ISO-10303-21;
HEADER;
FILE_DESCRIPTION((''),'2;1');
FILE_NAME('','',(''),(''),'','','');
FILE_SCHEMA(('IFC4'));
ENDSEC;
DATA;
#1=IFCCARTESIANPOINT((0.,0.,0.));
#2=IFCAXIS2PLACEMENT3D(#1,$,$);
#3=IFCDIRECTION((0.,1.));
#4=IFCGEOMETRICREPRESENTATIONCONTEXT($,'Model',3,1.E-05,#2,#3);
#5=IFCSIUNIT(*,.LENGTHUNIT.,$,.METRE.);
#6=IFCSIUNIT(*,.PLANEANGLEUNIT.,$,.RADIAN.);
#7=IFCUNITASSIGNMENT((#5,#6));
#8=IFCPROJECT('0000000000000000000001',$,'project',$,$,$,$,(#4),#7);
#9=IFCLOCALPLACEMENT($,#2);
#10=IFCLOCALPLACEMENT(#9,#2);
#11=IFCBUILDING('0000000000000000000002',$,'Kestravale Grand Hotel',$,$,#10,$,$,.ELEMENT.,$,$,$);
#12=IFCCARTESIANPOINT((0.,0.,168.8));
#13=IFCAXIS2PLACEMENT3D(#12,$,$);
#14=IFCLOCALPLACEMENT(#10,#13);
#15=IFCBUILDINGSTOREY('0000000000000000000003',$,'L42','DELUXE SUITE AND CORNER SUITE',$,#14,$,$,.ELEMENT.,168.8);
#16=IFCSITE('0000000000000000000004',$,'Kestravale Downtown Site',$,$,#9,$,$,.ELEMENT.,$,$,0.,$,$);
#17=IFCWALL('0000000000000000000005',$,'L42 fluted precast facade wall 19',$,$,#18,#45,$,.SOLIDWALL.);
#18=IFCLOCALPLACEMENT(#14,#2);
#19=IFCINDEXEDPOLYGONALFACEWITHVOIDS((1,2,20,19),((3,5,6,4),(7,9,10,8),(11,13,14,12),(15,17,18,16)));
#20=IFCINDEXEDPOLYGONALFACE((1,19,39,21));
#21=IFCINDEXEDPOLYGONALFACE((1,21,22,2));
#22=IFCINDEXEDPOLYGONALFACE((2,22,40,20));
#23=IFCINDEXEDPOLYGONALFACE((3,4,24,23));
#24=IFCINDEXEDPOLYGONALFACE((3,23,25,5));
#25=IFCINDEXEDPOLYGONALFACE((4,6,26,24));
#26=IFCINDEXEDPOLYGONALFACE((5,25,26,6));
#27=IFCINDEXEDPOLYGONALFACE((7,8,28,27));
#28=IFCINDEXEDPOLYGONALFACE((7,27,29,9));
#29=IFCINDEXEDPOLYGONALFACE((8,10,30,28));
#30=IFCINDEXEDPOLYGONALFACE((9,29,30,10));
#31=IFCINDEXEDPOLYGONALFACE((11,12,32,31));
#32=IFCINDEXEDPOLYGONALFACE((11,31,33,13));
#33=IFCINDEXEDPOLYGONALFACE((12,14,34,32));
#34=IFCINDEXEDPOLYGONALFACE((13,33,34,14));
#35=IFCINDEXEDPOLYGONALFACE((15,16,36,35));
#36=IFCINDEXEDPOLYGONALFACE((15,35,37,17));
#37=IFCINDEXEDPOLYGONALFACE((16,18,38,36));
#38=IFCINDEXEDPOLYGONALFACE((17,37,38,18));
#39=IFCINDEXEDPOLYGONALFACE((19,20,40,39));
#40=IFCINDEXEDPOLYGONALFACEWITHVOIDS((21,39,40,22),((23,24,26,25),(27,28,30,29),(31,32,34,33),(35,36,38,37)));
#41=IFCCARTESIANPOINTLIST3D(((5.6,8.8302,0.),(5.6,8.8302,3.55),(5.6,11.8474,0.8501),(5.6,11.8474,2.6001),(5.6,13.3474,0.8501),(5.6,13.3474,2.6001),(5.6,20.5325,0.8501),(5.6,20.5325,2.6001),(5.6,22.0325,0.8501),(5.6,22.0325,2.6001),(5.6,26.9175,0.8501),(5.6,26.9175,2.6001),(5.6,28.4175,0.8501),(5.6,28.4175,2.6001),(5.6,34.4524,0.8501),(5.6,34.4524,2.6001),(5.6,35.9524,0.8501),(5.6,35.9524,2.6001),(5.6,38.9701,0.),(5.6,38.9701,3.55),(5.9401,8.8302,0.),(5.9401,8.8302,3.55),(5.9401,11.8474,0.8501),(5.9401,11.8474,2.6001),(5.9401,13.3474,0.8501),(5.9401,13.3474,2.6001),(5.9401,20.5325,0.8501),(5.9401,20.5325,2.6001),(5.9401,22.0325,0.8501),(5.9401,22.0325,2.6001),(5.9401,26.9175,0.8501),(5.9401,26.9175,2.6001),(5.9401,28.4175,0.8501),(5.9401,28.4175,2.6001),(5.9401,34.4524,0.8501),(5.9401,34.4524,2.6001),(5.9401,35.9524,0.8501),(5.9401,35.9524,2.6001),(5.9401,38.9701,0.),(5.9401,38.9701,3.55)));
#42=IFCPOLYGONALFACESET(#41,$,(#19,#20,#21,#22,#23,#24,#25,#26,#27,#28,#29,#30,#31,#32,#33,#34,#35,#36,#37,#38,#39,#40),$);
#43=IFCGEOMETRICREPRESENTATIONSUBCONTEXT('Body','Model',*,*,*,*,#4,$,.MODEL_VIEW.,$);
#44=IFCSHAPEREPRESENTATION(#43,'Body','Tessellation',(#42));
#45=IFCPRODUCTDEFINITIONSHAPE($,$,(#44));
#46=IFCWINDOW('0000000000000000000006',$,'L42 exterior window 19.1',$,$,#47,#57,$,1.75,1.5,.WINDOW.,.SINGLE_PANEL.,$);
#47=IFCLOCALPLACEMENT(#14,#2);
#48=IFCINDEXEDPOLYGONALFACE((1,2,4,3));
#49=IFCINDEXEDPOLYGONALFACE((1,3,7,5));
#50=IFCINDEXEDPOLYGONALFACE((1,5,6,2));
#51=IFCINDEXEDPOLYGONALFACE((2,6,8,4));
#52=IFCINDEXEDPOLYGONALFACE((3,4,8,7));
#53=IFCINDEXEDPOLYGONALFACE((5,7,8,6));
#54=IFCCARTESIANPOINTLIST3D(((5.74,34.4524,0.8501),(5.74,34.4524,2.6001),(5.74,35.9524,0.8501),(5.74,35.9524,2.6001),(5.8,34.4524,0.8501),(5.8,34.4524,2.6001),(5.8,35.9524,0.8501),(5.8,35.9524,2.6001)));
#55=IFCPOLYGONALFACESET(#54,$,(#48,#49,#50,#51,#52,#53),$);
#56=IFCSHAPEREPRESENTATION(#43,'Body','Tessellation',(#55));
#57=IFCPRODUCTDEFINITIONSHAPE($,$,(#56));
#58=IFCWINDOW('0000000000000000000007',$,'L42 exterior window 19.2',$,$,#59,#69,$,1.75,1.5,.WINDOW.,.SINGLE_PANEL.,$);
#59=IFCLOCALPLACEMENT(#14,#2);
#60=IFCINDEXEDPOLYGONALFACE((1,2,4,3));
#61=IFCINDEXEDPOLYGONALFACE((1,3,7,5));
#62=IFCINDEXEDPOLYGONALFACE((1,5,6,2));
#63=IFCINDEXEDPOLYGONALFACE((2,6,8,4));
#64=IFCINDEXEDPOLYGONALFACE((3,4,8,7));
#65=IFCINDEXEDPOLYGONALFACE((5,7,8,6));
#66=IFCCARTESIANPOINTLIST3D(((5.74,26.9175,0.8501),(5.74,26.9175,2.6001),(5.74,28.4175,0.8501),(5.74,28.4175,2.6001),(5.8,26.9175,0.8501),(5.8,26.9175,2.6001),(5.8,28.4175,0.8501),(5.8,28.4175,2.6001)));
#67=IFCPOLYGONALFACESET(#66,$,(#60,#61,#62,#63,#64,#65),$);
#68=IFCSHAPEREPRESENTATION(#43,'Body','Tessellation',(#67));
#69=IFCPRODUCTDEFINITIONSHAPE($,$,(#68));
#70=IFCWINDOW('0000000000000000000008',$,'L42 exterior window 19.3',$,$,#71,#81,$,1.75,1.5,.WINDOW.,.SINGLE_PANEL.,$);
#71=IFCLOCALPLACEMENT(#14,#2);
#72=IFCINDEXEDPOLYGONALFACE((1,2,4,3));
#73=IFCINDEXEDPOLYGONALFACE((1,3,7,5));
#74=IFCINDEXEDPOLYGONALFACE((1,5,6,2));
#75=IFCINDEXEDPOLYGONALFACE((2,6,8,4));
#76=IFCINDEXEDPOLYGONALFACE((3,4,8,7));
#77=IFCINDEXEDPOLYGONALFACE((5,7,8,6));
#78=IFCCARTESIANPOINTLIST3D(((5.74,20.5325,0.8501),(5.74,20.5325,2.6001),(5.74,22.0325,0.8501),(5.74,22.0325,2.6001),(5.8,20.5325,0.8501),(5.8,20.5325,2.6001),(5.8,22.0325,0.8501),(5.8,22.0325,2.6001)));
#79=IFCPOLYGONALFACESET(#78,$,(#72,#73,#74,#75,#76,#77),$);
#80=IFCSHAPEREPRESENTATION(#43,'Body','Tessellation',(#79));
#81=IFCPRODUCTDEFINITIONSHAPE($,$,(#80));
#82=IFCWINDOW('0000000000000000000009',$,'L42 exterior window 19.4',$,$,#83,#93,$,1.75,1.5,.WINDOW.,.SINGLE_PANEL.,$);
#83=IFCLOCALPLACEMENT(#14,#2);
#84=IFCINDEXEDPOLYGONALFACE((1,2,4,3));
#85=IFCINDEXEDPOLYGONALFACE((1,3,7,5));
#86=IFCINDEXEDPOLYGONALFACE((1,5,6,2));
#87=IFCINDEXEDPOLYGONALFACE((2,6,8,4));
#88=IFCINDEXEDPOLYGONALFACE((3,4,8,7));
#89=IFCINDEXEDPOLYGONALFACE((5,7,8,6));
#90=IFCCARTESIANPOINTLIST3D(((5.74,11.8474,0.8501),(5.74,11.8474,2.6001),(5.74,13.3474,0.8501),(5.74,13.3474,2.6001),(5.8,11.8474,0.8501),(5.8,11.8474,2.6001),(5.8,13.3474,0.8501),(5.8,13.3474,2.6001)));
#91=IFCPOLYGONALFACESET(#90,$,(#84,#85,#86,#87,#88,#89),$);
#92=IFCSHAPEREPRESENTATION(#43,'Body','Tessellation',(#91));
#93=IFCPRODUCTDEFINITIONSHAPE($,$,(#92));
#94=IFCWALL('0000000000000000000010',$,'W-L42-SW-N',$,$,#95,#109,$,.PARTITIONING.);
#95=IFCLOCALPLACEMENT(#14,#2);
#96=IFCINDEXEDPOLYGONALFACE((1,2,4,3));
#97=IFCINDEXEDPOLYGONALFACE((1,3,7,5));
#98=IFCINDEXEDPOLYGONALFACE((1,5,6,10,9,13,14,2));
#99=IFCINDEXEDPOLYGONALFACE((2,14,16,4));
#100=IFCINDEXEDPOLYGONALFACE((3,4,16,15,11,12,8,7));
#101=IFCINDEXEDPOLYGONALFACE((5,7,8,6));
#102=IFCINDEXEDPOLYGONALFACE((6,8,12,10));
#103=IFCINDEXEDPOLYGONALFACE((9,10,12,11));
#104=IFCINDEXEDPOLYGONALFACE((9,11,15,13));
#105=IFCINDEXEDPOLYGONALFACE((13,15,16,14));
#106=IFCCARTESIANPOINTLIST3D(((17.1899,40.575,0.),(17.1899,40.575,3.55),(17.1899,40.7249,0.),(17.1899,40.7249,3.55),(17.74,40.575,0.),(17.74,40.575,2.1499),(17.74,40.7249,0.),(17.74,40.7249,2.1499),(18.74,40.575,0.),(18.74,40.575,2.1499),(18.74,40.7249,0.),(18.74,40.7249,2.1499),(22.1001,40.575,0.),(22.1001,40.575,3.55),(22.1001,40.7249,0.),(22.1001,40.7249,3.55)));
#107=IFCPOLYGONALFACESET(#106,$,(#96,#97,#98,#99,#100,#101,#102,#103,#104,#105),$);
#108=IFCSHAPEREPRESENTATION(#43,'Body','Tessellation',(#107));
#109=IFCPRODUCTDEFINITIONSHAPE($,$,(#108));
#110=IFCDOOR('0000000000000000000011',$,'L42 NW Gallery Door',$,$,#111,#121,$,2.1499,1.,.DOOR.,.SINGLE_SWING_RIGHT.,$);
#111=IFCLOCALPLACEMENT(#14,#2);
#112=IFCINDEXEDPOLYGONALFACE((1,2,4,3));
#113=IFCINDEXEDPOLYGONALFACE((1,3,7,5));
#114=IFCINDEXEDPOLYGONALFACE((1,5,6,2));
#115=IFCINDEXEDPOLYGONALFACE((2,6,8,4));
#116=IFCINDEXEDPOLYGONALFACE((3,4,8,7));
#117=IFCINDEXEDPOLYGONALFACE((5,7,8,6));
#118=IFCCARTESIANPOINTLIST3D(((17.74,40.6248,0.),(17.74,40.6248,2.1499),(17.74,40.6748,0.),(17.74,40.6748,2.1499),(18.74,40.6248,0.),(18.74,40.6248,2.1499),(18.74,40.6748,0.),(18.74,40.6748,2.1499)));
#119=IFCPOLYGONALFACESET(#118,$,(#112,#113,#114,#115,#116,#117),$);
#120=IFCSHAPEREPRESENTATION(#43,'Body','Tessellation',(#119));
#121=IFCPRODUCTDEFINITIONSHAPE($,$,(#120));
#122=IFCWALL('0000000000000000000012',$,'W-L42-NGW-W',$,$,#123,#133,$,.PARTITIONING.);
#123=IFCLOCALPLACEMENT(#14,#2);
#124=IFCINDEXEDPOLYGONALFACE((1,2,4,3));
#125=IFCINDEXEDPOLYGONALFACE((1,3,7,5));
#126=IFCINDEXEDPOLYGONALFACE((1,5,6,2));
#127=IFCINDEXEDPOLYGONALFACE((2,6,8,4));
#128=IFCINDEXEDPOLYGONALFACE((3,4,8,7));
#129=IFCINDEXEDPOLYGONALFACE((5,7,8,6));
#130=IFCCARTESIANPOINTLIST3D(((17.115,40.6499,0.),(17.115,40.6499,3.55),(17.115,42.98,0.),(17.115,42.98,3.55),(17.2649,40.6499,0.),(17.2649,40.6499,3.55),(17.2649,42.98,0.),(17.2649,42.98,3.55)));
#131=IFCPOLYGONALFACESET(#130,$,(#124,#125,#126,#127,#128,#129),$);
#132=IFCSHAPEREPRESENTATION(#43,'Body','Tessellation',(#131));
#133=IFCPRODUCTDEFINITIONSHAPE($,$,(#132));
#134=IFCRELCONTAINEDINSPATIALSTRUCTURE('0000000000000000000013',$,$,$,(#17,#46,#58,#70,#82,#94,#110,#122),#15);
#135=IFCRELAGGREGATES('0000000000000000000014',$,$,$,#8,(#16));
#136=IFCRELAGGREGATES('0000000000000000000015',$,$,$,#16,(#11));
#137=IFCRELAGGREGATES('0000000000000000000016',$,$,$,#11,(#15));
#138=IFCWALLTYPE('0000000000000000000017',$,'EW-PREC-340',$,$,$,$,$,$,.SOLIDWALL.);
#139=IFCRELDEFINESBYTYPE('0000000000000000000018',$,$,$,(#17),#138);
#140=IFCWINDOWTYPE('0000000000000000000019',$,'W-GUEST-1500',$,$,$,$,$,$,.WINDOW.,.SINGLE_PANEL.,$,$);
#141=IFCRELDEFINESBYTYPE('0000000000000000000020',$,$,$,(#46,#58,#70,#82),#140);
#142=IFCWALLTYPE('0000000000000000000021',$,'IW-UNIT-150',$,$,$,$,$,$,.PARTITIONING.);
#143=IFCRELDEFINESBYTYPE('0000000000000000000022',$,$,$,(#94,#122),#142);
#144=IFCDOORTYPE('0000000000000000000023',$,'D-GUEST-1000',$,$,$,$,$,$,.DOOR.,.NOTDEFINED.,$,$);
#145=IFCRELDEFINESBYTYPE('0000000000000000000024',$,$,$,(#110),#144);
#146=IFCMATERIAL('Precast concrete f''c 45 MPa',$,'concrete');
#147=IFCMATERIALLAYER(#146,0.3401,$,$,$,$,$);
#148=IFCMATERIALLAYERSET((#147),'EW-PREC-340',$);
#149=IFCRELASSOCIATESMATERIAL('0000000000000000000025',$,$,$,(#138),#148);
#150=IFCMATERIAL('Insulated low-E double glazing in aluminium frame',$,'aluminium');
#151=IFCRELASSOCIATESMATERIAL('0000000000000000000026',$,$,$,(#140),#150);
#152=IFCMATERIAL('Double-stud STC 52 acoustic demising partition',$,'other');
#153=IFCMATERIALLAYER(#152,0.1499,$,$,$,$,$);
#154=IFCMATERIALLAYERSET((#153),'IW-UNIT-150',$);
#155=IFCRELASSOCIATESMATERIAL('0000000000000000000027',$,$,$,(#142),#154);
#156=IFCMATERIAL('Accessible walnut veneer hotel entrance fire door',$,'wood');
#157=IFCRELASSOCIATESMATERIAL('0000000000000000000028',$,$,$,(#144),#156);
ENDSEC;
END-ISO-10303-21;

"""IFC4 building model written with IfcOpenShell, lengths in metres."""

from ifc_helpers import new_model, si_unit, direction, frame, frame_2d, origin, place, context, subcontext, project, spatial, rectangle, extrude, material, layer, layer_set, type_object, element, fill, save


model = new_model("IFC4")

# Units and contexts
model_context = context("Model", 3, precision=1e-05, world=origin(), true_north=direction((0.0, 1.0)))
body_context = subcontext(model_context, "Body", "Model", "MODEL_VIEW")
ifc_project = project(units=[si_unit("LENGTHUNIT", "METRE"), si_unit("PLANEANGLEUNIT", "RADIAN")], contexts=[model_context])

# Site, building, storey
site_placement = place(None, origin())
site = spatial("IfcSite", under=ifc_project, at=site_placement, Name="Kestravale Downtown Site", CompositionType="ELEMENT", RefElevation=0.0)
building_placement = place(site_placement, origin())
building = spatial("IfcBuilding", under=site, at=building_placement, Name="Kestravale Grand Hotel", CompositionType="ELEMENT")
storey_placement = place(building_placement, frame((0.0, 0.0, 168.8)))
storey = spatial("IfcBuildingStorey", under=building, at=storey_placement, Name="L42", Description="DELUXE SUITE AND CORNER SUITE", CompositionType="ELEMENT", Elevation=168.8)

# Wall, openings, windows
ifc_material_1 = material(Name="Precast concrete f'c 45 MPa", Category="concrete")
ifc_layer_1 = layer(ifc_material_1, 0.3401)
ifc_layer_set_1 = layer_set([ifc_layer_1], Name="EW-PREC-340")
wall_type_1 = type_object("IfcWallType", Name="EW-PREC-340", PredefinedType="SOLIDWALL", material=ifc_layer_set_1)
wall_1_placement = place(storey_placement, frame((5.77, 38.97, 0.0), z_axis=(0.0, 0.0, 1.0), x_axis=(0.0, -1.0, 0.0)))
wall_1 = element("IfcWall", 1, at=wall_1_placement, inside=storey, type_object=wall_type_1, Name="L42 fluted precast facade wall 19", PredefinedType="SOLIDWALL", context=body_context, shape_type="SweptSolid", body=[
    extrude(rectangle(XDim=30.1399, YDim=0.3401, at=frame_2d((15.0698, 0.0))), origin(), (0.0, 0.0, 1.0), 3.55),
])
opening_1_placement = place(wall_1_placement, frame((3.0176, 0.0, 0.8501)))
opening_1 = element("IfcOpeningElement", 2, at=opening_1_placement, cuts=wall_1, PredefinedType="OPENING", context=body_context, shape_type="SweptSolid", body=[
    extrude(rectangle(XDim=1.5, YDim=1.75, at=frame_2d((0.75, 0.875))), frame((0.0, 0.1799, 0.0), z_axis=(0.0, -1.0, 0.0), x_axis=(1.0, 0.0, 0.0)), (0.0, 0.0, 1.0), 0.3601),
])
opening_2_placement = place(wall_1_placement, frame((10.5525, 0.0, 0.8501)))
opening_2 = element("IfcOpeningElement", 3, at=opening_2_placement, cuts=wall_1, PredefinedType="OPENING", context=body_context, shape_type="SweptSolid", body=[
    extrude(rectangle(XDim=1.5, YDim=1.75, at=frame_2d((0.75, 0.875))), frame((0.0, 0.1799, 0.0), z_axis=(0.0, -1.0, 0.0), x_axis=(1.0, 0.0, 0.0)), (0.0, 0.0, 1.0), 0.3601),
])
opening_3_placement = place(wall_1_placement, frame((16.9375, 0.0, 0.8501)))
opening_3 = element("IfcOpeningElement", 4, at=opening_3_placement, cuts=wall_1, PredefinedType="OPENING", context=body_context, shape_type="SweptSolid", body=[
    extrude(rectangle(XDim=1.5, YDim=1.75, at=frame_2d((0.75, 0.875))), frame((0.0, 0.1799, 0.0), z_axis=(0.0, -1.0, 0.0), x_axis=(1.0, 0.0, 0.0)), (0.0, 0.0, 1.0), 0.3601),
])
opening_4_placement = place(wall_1_placement, frame((25.6226, 0.0, 0.8501)))
opening_4 = element("IfcOpeningElement", 5, at=opening_4_placement, cuts=wall_1, PredefinedType="OPENING", context=body_context, shape_type="SweptSolid", body=[
    extrude(rectangle(XDim=1.5, YDim=1.75, at=frame_2d((0.75, 0.875))), frame((0.0, 0.1799, 0.0), z_axis=(0.0, -1.0, 0.0), x_axis=(1.0, 0.0, 0.0)), (0.0, 0.0, 1.0), 0.3601),
])
ifc_material_2 = material(Name="Insulated low-E double glazing in aluminium frame", Category="aluminium")
window_type = type_object("IfcWindowType", Name="W-GUEST-1500", PartitioningType="SINGLE_PANEL", PredefinedType="WINDOW", material=ifc_material_2)
window_1_placement = place(opening_1_placement, origin())
window_1 = element("IfcWindow", 6, at=window_1_placement, inside=storey, type_object=window_type, Name="L42 exterior window 19.1", OverallHeight=1.75, OverallWidth=1.5, PartitioningType="SINGLE_PANEL", PredefinedType="WINDOW", context=body_context, shape_type="SweptSolid", body=[
    extrude(rectangle(XDim=1.5, YDim=1.75, at=frame_2d((0.75, 0.875))), frame((0.0, 0.03, 0.0), z_axis=(0.0, -1.0, 0.0), x_axis=(1.0, 0.0, 0.0)), (0.0, 0.0, 1.0), 0.0601),
])
fill(opening_1, window_1)
window_2_placement = place(opening_2_placement, origin())
window_2 = element("IfcWindow", 7, at=window_2_placement, inside=storey, type_object=window_type, Name="L42 exterior window 19.2", OverallHeight=1.75, OverallWidth=1.5, PartitioningType="SINGLE_PANEL", PredefinedType="WINDOW", context=body_context, shape_type="SweptSolid", body=[
    extrude(rectangle(XDim=1.5, YDim=1.75, at=frame_2d((0.75, 0.875))), frame((0.0, 0.03, 0.0), z_axis=(0.0, -1.0, 0.0), x_axis=(1.0, 0.0, 0.0)), (0.0, 0.0, 1.0), 0.0601),
])
fill(opening_2, window_2)
window_3_placement = place(opening_3_placement, origin())
window_3 = element("IfcWindow", 8, at=window_3_placement, inside=storey, type_object=window_type, Name="L42 exterior window 19.3", OverallHeight=1.75, OverallWidth=1.5, PartitioningType="SINGLE_PANEL", PredefinedType="WINDOW", context=body_context, shape_type="SweptSolid", body=[
    extrude(rectangle(XDim=1.5, YDim=1.75, at=frame_2d((0.75, 0.875))), frame((0.0, 0.03, 0.0), z_axis=(0.0, -1.0, 0.0), x_axis=(1.0, 0.0, 0.0)), (0.0, 0.0, 1.0), 0.0601),
])
fill(opening_3, window_3)
window_4_placement = place(opening_4_placement, origin())
window_4 = element("IfcWindow", 9, at=window_4_placement, inside=storey, type_object=window_type, Name="L42 exterior window 19.4", OverallHeight=1.75, OverallWidth=1.5, PartitioningType="SINGLE_PANEL", PredefinedType="WINDOW", context=body_context, shape_type="SweptSolid", body=[
    extrude(rectangle(XDim=1.5, YDim=1.75, at=frame_2d((0.75, 0.875))), frame((0.0, 0.03, 0.0), z_axis=(0.0, -1.0, 0.0), x_axis=(1.0, 0.0, 0.0)), (0.0, 0.0, 1.0), 0.0601),
])
fill(opening_4, window_4)

# Wall, opening, door
ifc_material_3 = material(Name="Double-stud STC 52 acoustic demising partition", Category="other")
ifc_layer_2 = layer(ifc_material_3, 0.1499)
ifc_layer_set_2 = layer_set([ifc_layer_2], Name="IW-UNIT-150")
wall_type_2 = type_object("IfcWallType", Name="IW-UNIT-150", PredefinedType="PARTITIONING", material=ifc_layer_set_2)
wall_2_placement = place(storey_placement, frame((17.1899, 40.6499, 0.0), z_axis=(0.0, 0.0, 1.0), x_axis=(1.0, 0.0, 0.0)))
wall_2 = element("IfcWall", 10, at=wall_2_placement, inside=storey, type_object=wall_type_2, Name="W-L42-SW-N", PredefinedType="PARTITIONING", context=body_context, shape_type="SweptSolid", body=[
    extrude(rectangle(XDim=4.9102, YDim=0.1499, at=frame_2d((2.4551, 0.0))), origin(), (0.0, 0.0, 1.0), 3.55),
])
opening_5_placement = place(wall_2_placement, frame((0.55, 0.0, 0.0)))
opening_5 = element("IfcOpeningElement", 11, at=opening_5_placement, cuts=wall_2, PredefinedType="OPENING", context=body_context, shape_type="SweptSolid", body=[
    extrude(rectangle(XDim=1.0, YDim=2.1499, at=frame_2d((0.5, 1.075))), frame((0.0, 0.085, 0.0), z_axis=(0.0, -1.0, 0.0), x_axis=(1.0, 0.0, 0.0)), (0.0, 0.0, 1.0), 0.1699),
])
ifc_material_4 = material(Name="Accessible walnut veneer hotel entrance fire door", Category="wood")
door_type = type_object("IfcDoorType", Name="D-GUEST-1000", OperationType="NOTDEFINED", PredefinedType="DOOR", material=ifc_material_4)
door_placement = place(opening_5_placement, origin())
door = element("IfcDoor", 12, at=door_placement, inside=storey, type_object=door_type, Name="L42 NW Gallery Door", OperationType="SINGLE_SWING_RIGHT", OverallHeight=2.1499, OverallWidth=1.0, PredefinedType="DOOR", context=body_context, shape_type="SweptSolid", body=[
    extrude(rectangle(XDim=1.0, YDim=2.1499, at=frame_2d((0.5, 1.075))), frame((0.0, 0.0249, 0.0), z_axis=(0.0, -1.0, 0.0), x_axis=(1.0, 0.0, 0.0)), (0.0, 0.0, 1.0), 0.05),
])
fill(opening_5, door)

# Wall
wall_3_placement = place(storey_placement, frame((17.1899, 40.6499, 0.0), z_axis=(0.0, 0.0, 1.0), x_axis=(0.0, 1.0, 0.0)))
element("IfcWall", 13, at=wall_3_placement, inside=storey, type_object=wall_type_2, Name="W-L42-NGW-W", PredefinedType="PARTITIONING", context=body_context, shape_type="SweptSolid", body=[
    extrude(rectangle(XDim=2.3301, YDim=0.1499, at=frame_2d((1.165, 0.0))), origin(), (0.0, 0.0, 1.0), 3.55),
])

save(model, "model.ifc")
